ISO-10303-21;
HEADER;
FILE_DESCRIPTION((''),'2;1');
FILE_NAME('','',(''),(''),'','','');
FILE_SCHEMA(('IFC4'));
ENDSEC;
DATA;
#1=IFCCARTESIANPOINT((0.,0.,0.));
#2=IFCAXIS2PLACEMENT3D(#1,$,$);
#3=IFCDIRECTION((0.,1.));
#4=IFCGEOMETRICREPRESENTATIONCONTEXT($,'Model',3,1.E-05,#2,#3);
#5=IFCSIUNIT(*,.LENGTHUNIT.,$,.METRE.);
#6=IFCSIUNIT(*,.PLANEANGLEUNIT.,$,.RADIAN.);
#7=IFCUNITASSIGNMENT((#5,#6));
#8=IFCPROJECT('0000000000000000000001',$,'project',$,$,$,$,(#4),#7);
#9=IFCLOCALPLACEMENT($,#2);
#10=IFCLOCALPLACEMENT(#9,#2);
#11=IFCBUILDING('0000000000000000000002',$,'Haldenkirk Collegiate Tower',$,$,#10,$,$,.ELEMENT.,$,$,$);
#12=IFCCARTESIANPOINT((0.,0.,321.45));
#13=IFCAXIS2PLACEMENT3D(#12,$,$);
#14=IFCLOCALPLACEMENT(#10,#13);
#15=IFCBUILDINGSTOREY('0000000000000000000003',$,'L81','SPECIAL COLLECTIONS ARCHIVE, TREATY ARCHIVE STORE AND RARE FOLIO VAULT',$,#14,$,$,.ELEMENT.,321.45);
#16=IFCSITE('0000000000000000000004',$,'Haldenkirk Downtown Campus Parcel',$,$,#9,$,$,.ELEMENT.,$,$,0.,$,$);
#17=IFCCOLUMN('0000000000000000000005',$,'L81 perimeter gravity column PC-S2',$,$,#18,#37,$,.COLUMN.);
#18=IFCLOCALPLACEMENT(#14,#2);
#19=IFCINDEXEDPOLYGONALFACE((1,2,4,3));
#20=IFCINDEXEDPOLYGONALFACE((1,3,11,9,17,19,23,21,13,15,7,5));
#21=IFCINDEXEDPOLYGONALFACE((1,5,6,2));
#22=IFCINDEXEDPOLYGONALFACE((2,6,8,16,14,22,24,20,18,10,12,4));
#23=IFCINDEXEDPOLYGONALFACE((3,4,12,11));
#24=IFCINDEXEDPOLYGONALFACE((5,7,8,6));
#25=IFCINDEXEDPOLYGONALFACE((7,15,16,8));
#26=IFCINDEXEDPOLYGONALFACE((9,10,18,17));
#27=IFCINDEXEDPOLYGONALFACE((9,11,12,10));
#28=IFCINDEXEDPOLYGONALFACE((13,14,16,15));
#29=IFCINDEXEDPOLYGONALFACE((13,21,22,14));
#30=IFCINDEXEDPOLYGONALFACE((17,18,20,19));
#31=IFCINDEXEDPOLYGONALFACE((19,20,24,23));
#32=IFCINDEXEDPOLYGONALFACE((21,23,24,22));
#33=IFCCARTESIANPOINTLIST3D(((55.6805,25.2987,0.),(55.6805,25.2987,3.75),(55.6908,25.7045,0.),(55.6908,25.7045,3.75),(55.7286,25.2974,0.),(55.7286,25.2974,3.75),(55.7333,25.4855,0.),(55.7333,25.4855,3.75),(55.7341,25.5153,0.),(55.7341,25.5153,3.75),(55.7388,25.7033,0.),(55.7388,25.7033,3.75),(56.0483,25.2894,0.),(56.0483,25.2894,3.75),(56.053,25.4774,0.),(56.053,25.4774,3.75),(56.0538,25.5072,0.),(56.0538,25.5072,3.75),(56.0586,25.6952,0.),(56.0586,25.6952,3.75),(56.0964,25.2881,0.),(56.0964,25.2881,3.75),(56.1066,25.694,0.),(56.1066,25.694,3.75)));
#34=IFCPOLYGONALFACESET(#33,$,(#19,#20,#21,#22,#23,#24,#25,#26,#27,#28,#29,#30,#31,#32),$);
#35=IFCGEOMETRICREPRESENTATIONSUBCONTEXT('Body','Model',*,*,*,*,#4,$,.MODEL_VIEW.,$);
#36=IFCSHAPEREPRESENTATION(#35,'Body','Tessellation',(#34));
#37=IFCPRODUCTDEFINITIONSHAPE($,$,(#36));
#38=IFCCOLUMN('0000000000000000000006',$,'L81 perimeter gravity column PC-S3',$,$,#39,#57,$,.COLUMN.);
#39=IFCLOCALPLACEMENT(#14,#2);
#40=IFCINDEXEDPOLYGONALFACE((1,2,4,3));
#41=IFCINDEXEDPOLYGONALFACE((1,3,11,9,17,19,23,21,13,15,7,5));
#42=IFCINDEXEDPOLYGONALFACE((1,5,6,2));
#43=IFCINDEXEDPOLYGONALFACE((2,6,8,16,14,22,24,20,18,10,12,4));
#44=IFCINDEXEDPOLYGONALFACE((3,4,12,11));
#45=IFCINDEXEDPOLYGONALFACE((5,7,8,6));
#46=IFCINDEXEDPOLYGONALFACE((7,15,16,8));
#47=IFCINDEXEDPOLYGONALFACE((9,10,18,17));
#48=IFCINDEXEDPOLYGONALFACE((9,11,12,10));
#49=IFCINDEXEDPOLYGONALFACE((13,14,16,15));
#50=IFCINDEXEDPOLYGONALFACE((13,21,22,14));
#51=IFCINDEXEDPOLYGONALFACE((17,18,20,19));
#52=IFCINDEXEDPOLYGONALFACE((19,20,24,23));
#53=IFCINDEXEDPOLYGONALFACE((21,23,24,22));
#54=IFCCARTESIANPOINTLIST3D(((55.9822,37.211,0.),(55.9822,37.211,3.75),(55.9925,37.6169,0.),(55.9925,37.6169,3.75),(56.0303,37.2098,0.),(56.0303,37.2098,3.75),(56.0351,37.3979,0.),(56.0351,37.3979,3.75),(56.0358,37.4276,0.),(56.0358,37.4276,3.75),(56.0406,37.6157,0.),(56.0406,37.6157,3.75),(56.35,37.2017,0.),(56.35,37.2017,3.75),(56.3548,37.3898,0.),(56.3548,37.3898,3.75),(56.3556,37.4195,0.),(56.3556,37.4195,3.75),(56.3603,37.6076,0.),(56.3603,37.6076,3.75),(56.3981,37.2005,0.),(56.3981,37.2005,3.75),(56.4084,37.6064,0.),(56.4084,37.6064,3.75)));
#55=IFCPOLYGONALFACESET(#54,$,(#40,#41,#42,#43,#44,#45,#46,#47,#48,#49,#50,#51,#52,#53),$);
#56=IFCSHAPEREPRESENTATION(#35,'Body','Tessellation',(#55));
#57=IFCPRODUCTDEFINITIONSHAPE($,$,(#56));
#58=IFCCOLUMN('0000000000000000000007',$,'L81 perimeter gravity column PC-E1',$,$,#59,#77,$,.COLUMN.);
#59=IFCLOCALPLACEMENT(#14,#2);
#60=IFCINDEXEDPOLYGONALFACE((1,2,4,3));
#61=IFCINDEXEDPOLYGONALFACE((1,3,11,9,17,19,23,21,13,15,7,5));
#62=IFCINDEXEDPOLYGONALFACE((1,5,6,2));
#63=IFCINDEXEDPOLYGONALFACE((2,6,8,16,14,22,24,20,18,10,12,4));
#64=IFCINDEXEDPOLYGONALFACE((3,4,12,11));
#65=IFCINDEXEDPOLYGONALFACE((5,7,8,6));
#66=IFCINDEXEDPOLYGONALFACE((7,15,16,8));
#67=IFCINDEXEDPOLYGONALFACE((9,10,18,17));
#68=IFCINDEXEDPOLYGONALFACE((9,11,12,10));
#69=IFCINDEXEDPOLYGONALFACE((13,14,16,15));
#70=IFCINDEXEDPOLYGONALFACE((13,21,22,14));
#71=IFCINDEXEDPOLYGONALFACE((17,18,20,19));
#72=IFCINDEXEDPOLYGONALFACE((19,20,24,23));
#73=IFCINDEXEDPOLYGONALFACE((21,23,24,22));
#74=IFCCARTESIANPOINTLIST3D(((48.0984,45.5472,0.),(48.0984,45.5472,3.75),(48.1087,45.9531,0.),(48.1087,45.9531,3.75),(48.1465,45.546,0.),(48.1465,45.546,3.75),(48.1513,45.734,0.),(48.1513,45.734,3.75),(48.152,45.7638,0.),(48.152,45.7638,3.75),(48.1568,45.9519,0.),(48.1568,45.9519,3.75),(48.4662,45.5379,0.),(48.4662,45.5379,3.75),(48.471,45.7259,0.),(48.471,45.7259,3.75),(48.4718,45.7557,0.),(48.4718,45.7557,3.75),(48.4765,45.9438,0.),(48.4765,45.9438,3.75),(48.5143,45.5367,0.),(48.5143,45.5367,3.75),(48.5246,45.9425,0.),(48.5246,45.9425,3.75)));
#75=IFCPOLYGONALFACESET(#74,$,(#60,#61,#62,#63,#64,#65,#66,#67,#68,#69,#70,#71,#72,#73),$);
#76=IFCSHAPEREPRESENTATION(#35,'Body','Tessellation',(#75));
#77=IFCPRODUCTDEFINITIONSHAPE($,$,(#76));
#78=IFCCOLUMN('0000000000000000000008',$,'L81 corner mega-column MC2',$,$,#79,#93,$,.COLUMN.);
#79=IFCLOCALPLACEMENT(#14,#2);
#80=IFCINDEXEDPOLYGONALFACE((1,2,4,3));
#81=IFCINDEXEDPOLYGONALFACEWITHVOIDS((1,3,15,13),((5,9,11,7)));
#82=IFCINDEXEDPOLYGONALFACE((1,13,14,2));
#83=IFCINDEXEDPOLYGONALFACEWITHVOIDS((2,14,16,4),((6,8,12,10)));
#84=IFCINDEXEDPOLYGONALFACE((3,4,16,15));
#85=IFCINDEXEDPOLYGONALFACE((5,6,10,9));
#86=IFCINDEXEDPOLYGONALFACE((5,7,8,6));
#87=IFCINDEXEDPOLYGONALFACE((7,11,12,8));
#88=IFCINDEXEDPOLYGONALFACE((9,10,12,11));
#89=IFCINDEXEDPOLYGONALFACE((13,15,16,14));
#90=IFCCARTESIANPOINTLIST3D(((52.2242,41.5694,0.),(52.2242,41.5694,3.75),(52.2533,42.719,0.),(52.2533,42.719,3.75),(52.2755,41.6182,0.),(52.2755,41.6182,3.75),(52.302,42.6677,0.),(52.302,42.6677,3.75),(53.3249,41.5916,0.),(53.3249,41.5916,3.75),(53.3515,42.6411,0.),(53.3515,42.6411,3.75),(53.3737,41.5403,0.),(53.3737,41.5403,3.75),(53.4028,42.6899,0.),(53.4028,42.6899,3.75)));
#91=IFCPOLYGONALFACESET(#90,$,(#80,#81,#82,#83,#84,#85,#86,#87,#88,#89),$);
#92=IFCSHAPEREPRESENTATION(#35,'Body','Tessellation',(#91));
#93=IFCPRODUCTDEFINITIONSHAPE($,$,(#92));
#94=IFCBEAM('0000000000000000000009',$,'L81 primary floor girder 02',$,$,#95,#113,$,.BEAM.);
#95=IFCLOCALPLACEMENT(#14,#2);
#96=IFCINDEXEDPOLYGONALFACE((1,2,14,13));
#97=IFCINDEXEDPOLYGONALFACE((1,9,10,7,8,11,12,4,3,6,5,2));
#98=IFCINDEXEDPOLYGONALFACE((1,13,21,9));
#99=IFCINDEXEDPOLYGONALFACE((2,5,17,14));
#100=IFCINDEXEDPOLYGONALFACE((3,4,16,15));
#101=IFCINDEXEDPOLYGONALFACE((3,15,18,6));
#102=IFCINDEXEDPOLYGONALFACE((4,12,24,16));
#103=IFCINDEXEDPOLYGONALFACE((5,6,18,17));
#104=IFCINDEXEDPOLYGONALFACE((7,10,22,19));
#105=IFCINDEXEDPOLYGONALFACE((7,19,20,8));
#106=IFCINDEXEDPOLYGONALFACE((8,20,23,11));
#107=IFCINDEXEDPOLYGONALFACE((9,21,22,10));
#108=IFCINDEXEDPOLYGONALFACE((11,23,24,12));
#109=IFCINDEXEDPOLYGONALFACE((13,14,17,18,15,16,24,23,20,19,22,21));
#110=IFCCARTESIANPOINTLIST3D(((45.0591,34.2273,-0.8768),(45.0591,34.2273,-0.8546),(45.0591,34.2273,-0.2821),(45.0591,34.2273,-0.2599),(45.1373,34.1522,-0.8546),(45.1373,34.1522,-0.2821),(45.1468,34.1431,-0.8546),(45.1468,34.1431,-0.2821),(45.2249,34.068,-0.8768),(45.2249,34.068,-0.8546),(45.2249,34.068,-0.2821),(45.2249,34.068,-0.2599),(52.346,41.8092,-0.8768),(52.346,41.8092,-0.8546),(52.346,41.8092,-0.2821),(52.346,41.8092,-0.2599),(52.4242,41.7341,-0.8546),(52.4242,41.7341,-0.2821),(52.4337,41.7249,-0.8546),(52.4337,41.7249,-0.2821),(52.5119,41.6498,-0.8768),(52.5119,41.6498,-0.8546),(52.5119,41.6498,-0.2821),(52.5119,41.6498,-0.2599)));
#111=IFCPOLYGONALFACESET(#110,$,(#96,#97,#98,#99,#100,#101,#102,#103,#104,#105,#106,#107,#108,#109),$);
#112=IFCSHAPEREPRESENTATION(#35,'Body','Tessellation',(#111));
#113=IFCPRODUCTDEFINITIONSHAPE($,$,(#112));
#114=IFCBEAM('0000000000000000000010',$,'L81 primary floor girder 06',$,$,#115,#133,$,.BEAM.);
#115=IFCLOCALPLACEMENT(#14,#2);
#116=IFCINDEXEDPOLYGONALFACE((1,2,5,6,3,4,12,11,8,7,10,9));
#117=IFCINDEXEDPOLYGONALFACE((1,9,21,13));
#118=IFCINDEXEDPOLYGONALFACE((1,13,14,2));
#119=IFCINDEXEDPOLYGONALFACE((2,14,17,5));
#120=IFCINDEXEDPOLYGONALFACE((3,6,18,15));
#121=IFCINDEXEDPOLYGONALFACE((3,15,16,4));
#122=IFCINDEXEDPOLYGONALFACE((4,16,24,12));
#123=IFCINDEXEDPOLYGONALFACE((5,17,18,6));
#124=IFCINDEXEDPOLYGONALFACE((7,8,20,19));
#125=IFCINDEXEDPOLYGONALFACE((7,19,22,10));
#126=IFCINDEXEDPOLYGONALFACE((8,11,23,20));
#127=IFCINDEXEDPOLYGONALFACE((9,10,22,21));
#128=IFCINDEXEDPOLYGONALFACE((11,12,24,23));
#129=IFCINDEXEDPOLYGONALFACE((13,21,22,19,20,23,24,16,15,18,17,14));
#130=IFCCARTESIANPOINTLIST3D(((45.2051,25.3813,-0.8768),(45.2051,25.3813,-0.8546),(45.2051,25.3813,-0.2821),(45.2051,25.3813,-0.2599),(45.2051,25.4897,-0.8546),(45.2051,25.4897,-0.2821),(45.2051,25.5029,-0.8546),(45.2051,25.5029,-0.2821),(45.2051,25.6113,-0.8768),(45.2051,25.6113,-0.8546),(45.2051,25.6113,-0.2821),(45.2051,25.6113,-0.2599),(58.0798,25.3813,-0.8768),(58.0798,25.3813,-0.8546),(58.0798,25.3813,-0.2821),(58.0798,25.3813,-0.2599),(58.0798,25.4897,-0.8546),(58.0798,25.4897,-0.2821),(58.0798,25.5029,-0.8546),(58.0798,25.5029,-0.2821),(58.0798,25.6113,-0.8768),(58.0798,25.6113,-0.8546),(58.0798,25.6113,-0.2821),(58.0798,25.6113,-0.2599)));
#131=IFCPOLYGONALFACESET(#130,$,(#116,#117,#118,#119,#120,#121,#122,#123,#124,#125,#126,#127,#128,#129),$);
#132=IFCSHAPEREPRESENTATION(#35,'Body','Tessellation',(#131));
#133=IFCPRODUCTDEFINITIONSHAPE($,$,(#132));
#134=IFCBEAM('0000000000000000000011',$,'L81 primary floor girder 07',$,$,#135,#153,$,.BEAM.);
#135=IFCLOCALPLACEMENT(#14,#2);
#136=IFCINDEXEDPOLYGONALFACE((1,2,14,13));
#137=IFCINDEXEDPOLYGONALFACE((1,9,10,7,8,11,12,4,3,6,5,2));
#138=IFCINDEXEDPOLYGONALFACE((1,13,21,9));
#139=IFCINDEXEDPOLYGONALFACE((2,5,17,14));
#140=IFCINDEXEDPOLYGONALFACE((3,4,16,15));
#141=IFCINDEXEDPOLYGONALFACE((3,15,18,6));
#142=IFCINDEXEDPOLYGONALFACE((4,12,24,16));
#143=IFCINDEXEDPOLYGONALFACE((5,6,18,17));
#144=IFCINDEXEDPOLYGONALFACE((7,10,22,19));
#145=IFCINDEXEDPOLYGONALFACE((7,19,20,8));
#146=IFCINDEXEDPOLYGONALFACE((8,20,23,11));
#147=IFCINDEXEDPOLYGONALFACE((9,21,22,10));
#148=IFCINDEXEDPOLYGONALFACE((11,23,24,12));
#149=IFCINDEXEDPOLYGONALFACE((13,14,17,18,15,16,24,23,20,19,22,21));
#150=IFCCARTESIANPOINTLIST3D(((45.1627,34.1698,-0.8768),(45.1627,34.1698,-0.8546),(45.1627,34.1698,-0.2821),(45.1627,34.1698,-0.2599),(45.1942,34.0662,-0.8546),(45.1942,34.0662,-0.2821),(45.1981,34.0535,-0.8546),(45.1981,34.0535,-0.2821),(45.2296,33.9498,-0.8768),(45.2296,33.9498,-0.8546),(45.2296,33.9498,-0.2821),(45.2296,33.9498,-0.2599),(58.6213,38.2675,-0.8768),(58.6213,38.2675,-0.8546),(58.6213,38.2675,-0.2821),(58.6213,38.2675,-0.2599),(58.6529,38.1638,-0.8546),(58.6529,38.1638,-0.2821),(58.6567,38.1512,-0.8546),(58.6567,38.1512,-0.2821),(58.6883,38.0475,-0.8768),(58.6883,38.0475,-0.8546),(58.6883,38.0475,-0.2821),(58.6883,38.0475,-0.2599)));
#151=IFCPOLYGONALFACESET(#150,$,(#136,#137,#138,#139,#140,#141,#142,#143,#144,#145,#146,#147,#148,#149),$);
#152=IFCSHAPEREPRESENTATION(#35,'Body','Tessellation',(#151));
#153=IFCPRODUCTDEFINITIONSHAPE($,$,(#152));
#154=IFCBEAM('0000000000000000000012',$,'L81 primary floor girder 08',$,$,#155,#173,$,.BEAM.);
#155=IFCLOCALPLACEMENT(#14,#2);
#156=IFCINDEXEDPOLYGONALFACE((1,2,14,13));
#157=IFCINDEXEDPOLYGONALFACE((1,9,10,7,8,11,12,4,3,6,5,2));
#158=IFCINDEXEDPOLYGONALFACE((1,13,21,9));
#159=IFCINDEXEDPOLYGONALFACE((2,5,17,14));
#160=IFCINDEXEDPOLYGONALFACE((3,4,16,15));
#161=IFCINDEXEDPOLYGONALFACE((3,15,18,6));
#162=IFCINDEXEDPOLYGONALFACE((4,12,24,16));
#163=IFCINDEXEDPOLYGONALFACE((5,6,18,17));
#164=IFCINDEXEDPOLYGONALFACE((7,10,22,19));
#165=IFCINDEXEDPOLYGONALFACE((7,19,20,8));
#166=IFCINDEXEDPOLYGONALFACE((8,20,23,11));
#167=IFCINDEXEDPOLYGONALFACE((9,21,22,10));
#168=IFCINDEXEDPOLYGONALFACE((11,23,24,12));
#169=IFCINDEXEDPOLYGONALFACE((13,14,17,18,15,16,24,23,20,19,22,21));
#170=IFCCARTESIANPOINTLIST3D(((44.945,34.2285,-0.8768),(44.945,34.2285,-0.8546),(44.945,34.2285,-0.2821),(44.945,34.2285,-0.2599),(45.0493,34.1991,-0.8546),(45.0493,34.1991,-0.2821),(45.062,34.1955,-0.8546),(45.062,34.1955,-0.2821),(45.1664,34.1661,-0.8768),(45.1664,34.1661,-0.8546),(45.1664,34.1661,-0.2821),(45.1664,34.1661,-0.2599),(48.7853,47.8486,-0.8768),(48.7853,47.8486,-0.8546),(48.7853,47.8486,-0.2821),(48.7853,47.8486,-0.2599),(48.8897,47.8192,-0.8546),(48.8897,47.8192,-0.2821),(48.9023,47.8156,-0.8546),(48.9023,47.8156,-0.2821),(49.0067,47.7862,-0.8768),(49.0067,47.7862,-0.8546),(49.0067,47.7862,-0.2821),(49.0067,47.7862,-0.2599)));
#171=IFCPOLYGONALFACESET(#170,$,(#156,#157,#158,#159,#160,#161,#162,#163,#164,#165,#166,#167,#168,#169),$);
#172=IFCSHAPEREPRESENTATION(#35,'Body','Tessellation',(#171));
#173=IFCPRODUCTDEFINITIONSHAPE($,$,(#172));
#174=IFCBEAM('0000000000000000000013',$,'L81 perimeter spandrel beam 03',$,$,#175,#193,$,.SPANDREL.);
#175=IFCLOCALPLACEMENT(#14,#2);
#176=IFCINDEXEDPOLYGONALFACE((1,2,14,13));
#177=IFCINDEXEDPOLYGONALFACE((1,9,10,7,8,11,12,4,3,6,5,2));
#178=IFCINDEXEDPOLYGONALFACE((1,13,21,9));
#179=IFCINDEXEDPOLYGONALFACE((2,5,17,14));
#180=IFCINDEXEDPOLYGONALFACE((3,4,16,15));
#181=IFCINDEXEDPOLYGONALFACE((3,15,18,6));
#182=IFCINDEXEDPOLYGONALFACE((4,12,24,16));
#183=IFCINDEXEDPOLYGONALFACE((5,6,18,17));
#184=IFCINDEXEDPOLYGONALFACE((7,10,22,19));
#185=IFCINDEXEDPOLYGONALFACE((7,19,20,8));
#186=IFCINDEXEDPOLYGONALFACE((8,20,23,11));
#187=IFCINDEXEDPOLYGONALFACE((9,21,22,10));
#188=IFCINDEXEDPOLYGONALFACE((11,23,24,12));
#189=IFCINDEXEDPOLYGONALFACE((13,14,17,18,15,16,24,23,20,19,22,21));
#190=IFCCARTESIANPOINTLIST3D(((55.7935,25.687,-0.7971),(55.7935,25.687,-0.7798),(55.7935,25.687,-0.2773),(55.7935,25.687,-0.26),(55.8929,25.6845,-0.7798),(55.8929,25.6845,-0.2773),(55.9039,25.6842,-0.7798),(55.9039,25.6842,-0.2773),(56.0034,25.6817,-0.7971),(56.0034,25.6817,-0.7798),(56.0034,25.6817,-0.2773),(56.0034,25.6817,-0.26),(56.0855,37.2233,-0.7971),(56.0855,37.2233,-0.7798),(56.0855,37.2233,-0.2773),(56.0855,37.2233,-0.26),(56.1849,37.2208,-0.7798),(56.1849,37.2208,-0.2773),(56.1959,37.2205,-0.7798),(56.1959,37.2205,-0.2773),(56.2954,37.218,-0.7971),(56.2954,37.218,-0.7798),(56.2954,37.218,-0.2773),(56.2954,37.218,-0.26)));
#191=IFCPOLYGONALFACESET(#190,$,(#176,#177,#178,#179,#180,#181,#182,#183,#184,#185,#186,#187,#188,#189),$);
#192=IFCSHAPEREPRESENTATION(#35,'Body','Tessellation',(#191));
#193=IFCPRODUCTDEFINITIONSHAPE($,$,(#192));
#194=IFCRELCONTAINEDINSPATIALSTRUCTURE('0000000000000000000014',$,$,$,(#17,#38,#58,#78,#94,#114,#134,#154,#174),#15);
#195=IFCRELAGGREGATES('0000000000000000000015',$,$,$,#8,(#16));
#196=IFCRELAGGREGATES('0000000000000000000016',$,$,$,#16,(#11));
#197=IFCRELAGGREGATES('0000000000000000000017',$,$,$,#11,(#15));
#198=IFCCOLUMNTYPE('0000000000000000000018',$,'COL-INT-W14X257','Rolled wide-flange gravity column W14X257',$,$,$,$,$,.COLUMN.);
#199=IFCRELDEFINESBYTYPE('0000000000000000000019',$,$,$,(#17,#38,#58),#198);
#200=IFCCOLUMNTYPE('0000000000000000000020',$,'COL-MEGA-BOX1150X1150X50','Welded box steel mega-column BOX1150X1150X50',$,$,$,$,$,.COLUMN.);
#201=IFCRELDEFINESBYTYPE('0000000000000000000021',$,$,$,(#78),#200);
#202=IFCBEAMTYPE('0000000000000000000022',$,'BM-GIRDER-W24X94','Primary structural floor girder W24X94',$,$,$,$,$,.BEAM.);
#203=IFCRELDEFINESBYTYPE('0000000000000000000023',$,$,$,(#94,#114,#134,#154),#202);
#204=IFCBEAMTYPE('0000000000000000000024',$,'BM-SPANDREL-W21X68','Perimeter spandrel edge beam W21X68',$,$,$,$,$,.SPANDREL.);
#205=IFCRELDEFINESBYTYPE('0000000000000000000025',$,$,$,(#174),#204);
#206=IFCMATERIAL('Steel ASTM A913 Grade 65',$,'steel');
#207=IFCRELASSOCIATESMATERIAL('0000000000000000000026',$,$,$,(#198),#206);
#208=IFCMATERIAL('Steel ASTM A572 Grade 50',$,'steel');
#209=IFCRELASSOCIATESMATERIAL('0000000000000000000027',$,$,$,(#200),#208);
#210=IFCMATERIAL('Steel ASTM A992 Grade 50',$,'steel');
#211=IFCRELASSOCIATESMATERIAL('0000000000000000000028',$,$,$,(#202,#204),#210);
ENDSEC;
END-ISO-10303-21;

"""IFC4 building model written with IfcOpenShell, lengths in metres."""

from ifc_helpers import new_model, si_unit, direction, frame, origin, origin_2d, place, context, subcontext, project, spatial, hollow_rectangle, i_section, extrude, material, material_profile, profile_set, type_object, element, save


model = new_model("IFC4")

# Units and contexts
model_context = context("Model", 3, precision=1e-05, world=origin(), true_north=direction((0.0, 1.0)))
body_context = subcontext(model_context, "Body", "Model", "MODEL_VIEW")
ifc_project = project(units=[si_unit("LENGTHUNIT", "METRE"), si_unit("PLANEANGLEUNIT", "RADIAN")], contexts=[model_context])

# Site, building, storey
site_placement = place(None, origin())
site = spatial("IfcSite", under=ifc_project, at=site_placement, Name="Haldenkirk Downtown Campus Parcel", CompositionType="ELEMENT", RefElevation=0.0)
building_placement = place(site_placement, origin())
building = spatial("IfcBuilding", under=site, at=building_placement, Name="Haldenkirk Collegiate Tower", CompositionType="ELEMENT")
storey_placement = place(building_placement, frame((0.0, 0.0, 321.45)))
storey = spatial("IfcBuildingStorey", under=building, at=storey_placement, Name="L81", Description="SPECIAL COLLECTIONS ARCHIVE, TREATY ARCHIVE STORE AND RARE FOLIO VAULT", CompositionType="ELEMENT", Elevation=321.45)

# Columns
ifc_material_1 = material(Name="Steel ASTM A913 Grade 65", Category="steel")
ifc_material_profile_1 = material_profile(ifc_material_1, i_section(OverallWidth=0.406, OverallDepth=0.416, WebThickness=0.0298, FlangeThickness=0.0481, at=origin_2d()), Name="W14X257")
ifc_profile_set_1 = profile_set([ifc_material_profile_1], Name="Steel ASTM A913 Grade 65")
column_type_1 = type_object("IfcColumnType", Name="COL-INT-W14X257", Description="Rolled wide-flange gravity column W14X257", PredefinedType="COLUMN", material=ifc_profile_set_1)
for number, where, z_axis, x_axis, name in (
    (1, (55.8936, 25.4963, 0.0), (0.0, 0.0, 1.0), (0.025305, 0.99968, 0.0), "L81 perimeter gravity column PC-S2"),
    (2, (56.1953, 37.4087, 0.0), (0.0, 0.0, 1.0), (0.025305, 0.99968, 0.0), "L81 perimeter gravity column PC-S3"),
    (3, (48.3115, 45.7449, 0.0), (0.0, 0.0, 1.0), (0.025305, 0.99968, 0.0), "L81 perimeter gravity column PC-E1"),
):
    element("IfcColumn", number, at=place(storey_placement, frame(where, z_axis=z_axis, x_axis=x_axis)), inside=storey, type_object=column_type_1, Name=name, PredefinedType="COLUMN", context=body_context, shape_type="SweptSolid", body=[
        extrude(i_section(OverallWidth=0.406, OverallDepth=0.416, WebThickness=0.0298, FlangeThickness=0.0481, at=origin_2d()), origin(), (0.0, 0.0, 1.0), 3.75),
    ])
ifc_material_2 = material(Name="Steel ASTM A572 Grade 50", Category="steel")
ifc_material_profile_2 = material_profile(ifc_material_2, hollow_rectangle(XDim=1.1499, YDim=1.1499, WallThickness=0.05, at=origin_2d()), Name="BOX1150X1150X50")
ifc_profile_set_2 = profile_set([ifc_material_profile_2], Name="Steel ASTM A572 Grade 50")
column_type_2 = type_object("IfcColumnType", Name="COL-MEGA-BOX1150X1150X50", Description="Welded box steel mega-column BOX1150X1150X50", PredefinedType="COLUMN", material=ifc_profile_set_2)
column_placement = place(storey_placement, frame((52.8135, 42.1296, 0.0), z_axis=(0.0, 0.0, 1.0), x_axis=(0.025305, 0.99968, 0.0)))
element("IfcColumn", 4, at=column_placement, inside=storey, type_object=column_type_2, Name="L81 corner mega-column MC2", PredefinedType="COLUMN", context=body_context, shape_type="SweptSolid", body=[
    extrude(hollow_rectangle(XDim=1.1499, YDim=1.1499, WallThickness=0.05, at=origin_2d()), origin(), (0.0, 0.0, 1.0), 3.75),
])

# Beams
ifc_material_3 = material(Name="Steel ASTM A992 Grade 50", Category="steel")
ifc_material_profile_3 = material_profile(ifc_material_3, i_section(OverallWidth=0.23, OverallDepth=0.6169, WebThickness=0.0132, FlangeThickness=0.0222, at=origin_2d()), Name="W24X94")
ifc_profile_set_3 = profile_set([ifc_material_profile_3], Name="Steel ASTM A992 Grade 50")
beam_type_1 = type_object("IfcBeamType", Name="BM-GIRDER-W24X94", Description="Primary structural floor girder W24X94", PredefinedType="BEAM", material=ifc_profile_set_3)
beam_1_placement = place(storey_placement, frame((52.429, 41.7295, -0.5684), z_axis=(-0.692945, -0.720991, 0.0), x_axis=(0.720991, -0.692945, 0.0)))
element("IfcBeam", 5, at=beam_1_placement, inside=storey, type_object=beam_type_1, Name="L81 primary floor girder 02", PredefinedType="BEAM", context=body_context, shape_type="SweptSolid", body=[
    extrude(i_section(OverallWidth=0.23, OverallDepth=0.6169, WebThickness=0.0132, FlangeThickness=0.0222, at=origin_2d()), origin(), (0.0, 0.0, 1.0), 10.5159),
])
beam_2_placement = place(storey_placement, frame((58.0798, 25.4963, -0.5684), z_axis=(-1.0, 0.0, 0.0), x_axis=(0.0, -1.0, 0.0)))
element("IfcBeam", 6, at=beam_2_placement, inside=storey, type_object=beam_type_1, Name="L81 primary floor girder 06", PredefinedType="BEAM", context=body_context, shape_type="SweptSolid", body=[
    extrude(i_section(OverallWidth=0.23, OverallDepth=0.6169, WebThickness=0.0132, FlangeThickness=0.0222, at=origin_2d()), origin(), (0.0, 0.0, 1.0), 12.8748),
])
beam_3_placement = place(storey_placement, frame((58.6548, 38.1575, -0.5684), z_axis=(-0.956644, -0.29126, 0.0), x_axis=(0.29126, -0.956644, 0.0)))
element("IfcBeam", 7, at=beam_3_placement, inside=storey, type_object=beam_type_1, Name="L81 primary floor girder 07", PredefinedType="BEAM", context=body_context, shape_type="SweptSolid", body=[
    extrude(i_section(OverallWidth=0.23, OverallDepth=0.6169, WebThickness=0.0132, FlangeThickness=0.0222, at=origin_2d()), origin(), (0.0, 0.0, 1.0), 14.0686),
])
beam_4_placement = place(storey_placement, frame((48.896, 47.8174, -0.5684), z_axis=(-0.271379, -0.962473, 0.0), x_axis=(0.962473, -0.271379, 0.0)))
element("IfcBeam", 8, at=beam_4_placement, inside=storey, type_object=beam_type_1, Name="L81 primary floor girder 08", PredefinedType="BEAM", context=body_context, shape_type="SweptSolid", body=[
    extrude(i_section(OverallWidth=0.23, OverallDepth=0.6169, WebThickness=0.0132, FlangeThickness=0.0222, at=origin_2d()), origin(), (0.0, 0.0, 1.0), 14.1511),
])
ifc_material_profile_4 = material_profile(ifc_material_3, i_section(OverallWidth=0.21, OverallDepth=0.5371, WebThickness=0.011, FlangeThickness=0.0173, at=origin_2d()), Name="W21X68")
ifc_profile_set_4 = profile_set([ifc_material_profile_4], Name="Steel ASTM A992 Grade 50")
beam_type_2 = type_object("IfcBeamType", Name="BM-SPANDREL-W21X68", Description="Perimeter spandrel edge beam W21X68", PredefinedType="SPANDREL", material=ifc_profile_set_4)
beam_5_placement = place(storey_placement, frame((55.8984, 25.6843, -0.5286), z_axis=(0.025302, 0.99968, 0.0), x_axis=(-0.99968, 0.025302, 0.0)))
element("IfcBeam", 9, at=beam_5_placement, inside=storey, type_object=beam_type_2, Name="L81 perimeter spandrel beam 03", PredefinedType="SPANDREL", context=body_context, shape_type="SweptSolid", body=[
    extrude(i_section(OverallWidth=0.21, OverallDepth=0.5371, WebThickness=0.011, FlangeThickness=0.0173, at=origin_2d()), origin(), (0.0, 0.0, 1.0), 11.54),
])

save(model, "model.ifc")
